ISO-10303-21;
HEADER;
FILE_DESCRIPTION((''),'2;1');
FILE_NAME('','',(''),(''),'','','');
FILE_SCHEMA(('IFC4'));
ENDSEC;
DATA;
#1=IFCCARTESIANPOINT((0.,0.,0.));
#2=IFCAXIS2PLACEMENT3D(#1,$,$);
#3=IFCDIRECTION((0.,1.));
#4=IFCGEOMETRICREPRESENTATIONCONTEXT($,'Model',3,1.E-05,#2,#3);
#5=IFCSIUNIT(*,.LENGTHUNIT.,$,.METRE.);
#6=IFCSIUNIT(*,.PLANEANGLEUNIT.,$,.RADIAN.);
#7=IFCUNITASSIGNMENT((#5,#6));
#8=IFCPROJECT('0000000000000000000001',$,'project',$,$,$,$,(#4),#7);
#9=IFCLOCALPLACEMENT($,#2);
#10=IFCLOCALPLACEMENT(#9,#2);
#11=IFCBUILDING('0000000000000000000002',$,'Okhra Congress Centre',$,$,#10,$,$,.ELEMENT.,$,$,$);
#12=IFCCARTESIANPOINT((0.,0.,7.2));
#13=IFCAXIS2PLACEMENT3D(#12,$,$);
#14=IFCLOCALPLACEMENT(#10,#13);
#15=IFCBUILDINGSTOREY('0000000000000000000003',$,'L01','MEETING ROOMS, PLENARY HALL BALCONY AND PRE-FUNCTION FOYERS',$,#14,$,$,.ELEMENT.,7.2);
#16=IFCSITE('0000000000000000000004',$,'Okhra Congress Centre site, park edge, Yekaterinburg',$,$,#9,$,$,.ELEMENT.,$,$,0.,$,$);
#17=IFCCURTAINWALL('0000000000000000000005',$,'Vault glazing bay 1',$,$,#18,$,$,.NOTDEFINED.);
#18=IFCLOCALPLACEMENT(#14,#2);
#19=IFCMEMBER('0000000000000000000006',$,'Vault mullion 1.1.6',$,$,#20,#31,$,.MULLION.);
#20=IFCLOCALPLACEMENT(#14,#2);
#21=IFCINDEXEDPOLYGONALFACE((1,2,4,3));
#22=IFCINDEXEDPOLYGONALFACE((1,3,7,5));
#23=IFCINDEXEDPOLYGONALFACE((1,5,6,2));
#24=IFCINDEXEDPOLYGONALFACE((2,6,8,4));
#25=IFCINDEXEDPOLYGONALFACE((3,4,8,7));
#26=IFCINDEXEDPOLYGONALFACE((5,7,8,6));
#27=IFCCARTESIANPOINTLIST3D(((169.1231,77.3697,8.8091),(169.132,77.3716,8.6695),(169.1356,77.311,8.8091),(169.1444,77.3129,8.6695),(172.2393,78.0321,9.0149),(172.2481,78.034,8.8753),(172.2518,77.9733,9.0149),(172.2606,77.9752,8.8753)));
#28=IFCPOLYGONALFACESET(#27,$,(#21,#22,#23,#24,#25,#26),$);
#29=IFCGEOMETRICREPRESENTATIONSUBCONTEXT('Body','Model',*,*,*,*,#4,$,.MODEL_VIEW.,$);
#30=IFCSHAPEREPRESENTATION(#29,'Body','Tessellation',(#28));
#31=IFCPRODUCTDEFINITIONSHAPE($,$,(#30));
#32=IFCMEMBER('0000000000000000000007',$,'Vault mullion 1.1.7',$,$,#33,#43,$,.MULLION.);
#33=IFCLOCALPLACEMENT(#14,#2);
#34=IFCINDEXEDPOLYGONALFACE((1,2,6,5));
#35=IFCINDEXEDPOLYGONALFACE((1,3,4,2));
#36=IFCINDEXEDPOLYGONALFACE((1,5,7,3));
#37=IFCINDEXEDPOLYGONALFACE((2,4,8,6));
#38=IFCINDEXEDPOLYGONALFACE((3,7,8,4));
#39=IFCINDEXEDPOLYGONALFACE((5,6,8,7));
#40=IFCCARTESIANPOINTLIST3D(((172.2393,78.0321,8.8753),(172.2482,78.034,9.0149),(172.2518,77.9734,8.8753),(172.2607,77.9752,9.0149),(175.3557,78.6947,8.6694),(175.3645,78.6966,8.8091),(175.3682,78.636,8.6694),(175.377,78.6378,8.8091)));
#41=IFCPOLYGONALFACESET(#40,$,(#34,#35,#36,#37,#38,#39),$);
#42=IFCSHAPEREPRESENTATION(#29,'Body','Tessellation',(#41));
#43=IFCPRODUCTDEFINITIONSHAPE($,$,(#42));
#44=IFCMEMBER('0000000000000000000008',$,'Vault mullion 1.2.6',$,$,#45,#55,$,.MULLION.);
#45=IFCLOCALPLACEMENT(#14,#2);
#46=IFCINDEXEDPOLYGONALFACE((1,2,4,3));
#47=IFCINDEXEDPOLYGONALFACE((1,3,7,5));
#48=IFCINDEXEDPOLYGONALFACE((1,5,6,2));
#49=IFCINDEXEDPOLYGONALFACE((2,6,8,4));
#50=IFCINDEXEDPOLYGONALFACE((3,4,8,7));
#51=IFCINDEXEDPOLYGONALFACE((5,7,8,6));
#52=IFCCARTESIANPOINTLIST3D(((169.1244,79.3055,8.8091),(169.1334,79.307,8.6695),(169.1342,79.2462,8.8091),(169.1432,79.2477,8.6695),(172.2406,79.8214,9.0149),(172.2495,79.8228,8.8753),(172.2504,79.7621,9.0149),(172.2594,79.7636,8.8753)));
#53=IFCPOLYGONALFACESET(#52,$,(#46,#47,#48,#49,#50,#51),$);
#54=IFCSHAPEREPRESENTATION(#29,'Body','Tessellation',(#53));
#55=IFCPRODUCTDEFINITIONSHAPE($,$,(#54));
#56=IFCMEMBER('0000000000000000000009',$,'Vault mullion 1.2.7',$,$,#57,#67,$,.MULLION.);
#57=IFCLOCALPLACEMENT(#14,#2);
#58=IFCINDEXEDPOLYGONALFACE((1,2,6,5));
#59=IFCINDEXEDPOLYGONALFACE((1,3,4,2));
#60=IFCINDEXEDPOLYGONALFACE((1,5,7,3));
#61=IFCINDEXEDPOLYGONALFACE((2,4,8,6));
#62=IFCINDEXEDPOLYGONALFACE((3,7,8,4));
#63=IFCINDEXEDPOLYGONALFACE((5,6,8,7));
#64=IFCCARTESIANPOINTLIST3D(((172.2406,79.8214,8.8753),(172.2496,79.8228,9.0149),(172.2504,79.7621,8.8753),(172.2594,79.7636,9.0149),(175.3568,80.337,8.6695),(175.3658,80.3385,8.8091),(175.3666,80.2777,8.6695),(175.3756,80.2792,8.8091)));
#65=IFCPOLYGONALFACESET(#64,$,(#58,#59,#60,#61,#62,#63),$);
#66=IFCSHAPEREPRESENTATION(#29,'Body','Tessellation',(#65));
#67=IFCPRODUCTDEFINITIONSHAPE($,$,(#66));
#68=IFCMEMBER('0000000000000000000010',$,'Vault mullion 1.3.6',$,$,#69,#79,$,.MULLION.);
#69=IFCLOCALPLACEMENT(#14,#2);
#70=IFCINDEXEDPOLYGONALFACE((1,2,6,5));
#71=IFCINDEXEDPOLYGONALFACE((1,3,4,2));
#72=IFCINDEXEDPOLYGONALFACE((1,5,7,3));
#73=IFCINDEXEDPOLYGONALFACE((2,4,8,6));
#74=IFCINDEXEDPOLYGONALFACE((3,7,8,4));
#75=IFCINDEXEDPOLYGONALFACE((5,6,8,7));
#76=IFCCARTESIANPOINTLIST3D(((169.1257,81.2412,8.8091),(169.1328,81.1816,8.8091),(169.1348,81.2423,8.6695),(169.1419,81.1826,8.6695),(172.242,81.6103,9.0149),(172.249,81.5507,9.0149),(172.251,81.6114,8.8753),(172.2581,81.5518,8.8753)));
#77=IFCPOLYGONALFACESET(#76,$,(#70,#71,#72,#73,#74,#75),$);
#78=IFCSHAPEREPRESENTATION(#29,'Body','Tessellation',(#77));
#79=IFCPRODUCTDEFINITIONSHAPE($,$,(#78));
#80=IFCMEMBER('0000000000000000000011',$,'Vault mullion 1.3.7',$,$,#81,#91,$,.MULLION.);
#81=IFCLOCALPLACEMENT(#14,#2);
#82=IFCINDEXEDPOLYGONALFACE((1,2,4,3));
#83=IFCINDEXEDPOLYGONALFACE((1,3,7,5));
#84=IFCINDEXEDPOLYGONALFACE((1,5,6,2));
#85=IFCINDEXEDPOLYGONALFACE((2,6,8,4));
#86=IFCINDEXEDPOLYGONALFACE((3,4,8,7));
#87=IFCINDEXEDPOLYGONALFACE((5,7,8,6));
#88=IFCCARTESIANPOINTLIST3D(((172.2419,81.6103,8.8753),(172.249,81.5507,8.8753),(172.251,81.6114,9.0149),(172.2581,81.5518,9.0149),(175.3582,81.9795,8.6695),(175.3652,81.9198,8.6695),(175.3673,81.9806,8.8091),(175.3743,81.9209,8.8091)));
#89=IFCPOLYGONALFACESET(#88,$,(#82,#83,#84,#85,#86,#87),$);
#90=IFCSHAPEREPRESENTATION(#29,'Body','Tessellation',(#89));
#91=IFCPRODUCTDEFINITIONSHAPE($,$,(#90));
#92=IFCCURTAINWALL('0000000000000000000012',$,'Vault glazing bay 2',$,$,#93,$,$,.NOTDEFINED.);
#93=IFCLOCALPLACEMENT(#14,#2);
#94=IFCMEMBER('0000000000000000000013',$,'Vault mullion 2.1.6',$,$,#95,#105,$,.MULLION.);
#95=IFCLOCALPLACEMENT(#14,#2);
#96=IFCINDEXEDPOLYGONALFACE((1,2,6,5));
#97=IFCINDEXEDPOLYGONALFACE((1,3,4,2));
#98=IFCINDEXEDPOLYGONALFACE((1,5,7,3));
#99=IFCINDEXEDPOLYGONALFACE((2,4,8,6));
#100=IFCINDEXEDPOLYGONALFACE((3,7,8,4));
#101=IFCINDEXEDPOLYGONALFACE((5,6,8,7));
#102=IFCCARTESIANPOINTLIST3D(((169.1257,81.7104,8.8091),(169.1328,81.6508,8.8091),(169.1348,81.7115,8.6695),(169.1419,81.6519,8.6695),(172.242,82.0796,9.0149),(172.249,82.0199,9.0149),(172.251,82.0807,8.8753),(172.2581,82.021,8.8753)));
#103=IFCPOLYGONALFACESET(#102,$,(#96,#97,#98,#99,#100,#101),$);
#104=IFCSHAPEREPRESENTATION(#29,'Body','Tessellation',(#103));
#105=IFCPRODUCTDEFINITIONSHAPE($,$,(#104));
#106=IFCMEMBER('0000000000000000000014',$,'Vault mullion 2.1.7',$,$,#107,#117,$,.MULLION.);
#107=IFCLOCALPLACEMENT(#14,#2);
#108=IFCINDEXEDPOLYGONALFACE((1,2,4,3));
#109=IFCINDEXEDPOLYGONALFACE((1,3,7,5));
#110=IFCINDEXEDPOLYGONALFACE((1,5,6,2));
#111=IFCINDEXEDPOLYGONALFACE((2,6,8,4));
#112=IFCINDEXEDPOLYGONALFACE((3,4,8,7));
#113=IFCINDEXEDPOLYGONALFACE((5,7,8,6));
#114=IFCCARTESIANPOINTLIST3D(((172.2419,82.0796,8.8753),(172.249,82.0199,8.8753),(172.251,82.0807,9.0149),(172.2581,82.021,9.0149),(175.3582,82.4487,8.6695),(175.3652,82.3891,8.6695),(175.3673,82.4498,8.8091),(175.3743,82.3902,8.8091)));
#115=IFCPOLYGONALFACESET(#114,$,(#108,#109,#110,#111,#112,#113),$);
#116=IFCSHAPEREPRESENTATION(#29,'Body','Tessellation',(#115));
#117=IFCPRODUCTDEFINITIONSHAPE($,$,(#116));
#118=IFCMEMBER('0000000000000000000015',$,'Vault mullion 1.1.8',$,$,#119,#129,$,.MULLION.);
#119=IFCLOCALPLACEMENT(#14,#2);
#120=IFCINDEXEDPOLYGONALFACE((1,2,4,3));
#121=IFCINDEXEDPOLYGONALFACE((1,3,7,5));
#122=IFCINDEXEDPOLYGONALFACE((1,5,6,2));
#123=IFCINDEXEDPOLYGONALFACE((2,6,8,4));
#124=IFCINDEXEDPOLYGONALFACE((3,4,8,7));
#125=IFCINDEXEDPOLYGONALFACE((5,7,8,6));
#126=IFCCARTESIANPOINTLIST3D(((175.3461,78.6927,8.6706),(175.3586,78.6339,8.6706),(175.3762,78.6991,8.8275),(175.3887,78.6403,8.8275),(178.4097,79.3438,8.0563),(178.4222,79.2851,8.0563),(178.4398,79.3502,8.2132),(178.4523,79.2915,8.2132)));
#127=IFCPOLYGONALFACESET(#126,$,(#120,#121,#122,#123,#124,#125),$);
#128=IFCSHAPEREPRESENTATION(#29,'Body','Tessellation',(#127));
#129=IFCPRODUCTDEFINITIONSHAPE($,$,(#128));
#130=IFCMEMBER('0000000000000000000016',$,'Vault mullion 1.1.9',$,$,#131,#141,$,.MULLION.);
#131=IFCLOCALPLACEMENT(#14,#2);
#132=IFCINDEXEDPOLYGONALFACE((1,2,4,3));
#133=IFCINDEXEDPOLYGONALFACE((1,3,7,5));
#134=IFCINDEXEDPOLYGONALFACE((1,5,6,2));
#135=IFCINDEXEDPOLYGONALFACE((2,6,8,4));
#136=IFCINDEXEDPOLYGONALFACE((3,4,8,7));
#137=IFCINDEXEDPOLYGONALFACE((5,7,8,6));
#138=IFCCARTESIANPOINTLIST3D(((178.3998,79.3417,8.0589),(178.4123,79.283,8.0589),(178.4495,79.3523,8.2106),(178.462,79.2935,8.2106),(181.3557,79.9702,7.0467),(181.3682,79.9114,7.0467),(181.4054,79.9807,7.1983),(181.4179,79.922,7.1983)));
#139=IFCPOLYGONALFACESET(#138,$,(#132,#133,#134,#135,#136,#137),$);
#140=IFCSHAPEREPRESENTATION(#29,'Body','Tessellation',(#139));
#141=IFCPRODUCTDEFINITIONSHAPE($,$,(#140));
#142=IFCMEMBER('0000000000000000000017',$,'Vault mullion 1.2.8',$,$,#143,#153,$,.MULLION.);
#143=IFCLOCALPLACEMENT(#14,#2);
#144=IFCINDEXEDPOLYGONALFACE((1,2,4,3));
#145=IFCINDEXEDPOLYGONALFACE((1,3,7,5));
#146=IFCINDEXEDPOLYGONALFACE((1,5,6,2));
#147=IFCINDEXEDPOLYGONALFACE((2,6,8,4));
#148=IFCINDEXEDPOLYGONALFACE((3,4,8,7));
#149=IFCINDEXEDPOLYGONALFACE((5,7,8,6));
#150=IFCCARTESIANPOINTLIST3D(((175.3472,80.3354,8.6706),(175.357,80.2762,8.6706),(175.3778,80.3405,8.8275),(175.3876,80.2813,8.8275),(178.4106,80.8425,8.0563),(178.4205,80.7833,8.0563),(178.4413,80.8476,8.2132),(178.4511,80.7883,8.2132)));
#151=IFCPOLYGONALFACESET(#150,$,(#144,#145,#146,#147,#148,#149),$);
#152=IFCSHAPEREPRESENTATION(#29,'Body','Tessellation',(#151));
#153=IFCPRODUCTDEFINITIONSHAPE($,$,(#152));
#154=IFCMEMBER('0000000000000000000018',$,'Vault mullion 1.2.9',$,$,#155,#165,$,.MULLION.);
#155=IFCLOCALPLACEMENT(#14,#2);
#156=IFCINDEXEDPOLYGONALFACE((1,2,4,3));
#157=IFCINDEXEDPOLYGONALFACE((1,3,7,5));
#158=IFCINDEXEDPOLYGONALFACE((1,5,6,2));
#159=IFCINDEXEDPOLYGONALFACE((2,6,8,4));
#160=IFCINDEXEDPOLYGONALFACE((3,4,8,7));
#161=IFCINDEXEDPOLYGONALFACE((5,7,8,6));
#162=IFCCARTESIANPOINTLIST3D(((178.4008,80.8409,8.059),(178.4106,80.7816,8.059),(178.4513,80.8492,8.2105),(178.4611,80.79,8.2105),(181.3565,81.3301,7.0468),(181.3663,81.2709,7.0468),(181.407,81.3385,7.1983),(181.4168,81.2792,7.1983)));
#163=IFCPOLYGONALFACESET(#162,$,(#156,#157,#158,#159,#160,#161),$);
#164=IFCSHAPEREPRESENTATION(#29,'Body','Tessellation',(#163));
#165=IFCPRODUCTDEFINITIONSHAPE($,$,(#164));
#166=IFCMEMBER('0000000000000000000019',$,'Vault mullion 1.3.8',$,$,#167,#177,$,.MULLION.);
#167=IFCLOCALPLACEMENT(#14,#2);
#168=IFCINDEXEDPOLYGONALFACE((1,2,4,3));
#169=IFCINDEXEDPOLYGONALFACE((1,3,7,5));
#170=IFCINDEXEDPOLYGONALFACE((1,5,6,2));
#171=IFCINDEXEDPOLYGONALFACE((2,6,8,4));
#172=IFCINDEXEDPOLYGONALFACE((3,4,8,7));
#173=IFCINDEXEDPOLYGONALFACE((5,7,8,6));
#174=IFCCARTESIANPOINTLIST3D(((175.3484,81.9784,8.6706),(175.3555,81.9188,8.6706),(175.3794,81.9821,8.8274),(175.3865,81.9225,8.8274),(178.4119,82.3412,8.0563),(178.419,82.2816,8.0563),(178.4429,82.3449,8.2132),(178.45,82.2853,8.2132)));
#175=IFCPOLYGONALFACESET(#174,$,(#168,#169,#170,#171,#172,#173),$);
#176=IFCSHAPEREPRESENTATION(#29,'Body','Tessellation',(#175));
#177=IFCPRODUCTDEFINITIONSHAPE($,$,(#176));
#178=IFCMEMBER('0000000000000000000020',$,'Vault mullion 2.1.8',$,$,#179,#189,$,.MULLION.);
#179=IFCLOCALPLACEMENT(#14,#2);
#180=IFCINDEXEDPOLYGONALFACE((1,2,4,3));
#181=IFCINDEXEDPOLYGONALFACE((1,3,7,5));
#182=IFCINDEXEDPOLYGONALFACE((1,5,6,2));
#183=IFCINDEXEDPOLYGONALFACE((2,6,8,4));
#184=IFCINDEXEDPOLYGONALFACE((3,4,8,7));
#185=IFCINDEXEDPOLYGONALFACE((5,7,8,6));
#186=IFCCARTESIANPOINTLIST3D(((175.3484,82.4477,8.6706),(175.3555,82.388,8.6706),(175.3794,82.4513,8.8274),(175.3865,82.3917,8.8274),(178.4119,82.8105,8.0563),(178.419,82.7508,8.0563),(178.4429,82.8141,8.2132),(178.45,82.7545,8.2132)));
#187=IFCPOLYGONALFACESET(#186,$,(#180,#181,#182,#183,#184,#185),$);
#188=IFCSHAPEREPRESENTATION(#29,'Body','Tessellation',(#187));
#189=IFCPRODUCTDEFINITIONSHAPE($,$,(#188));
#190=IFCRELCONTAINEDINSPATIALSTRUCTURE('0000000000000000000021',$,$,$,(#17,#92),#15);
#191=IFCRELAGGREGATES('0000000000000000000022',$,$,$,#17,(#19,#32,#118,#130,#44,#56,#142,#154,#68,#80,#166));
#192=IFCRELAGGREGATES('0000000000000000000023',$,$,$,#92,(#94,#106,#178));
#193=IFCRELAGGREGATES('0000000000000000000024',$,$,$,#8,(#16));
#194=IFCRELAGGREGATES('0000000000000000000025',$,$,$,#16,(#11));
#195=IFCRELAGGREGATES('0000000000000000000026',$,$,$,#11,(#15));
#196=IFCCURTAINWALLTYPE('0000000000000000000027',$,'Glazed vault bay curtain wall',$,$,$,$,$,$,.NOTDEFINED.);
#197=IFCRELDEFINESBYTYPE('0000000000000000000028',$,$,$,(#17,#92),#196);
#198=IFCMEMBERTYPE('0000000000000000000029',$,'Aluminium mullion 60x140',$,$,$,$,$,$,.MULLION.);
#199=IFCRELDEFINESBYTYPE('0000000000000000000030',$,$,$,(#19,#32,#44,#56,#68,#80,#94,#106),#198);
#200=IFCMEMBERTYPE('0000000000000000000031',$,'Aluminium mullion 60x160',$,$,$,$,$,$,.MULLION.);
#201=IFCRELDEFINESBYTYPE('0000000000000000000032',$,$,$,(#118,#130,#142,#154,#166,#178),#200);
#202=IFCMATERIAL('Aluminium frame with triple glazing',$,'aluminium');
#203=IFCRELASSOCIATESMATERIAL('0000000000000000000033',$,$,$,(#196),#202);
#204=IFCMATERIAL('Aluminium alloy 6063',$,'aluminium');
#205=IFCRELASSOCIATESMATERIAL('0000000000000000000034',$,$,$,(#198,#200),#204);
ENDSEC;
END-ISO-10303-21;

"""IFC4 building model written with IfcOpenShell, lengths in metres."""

from ifc_helpers import new_model, si_unit, direction, frame, origin, origin_2d, place, context, subcontext, project, spatial, rectangle, extrude, material, material_profile, profile_set, type_object, element, aggregate, save


model = new_model("IFC4")

# Units and contexts
model_context = context("Model", 3, precision=1e-05, world=origin(), true_north=direction((0.0, 1.0)))
body_context = subcontext(model_context, "Body", "Model", "MODEL_VIEW")
ifc_project = project(units=[si_unit("LENGTHUNIT", "METRE"), si_unit("PLANEANGLEUNIT", "RADIAN")], contexts=[model_context])

# Site, building, storey
site_placement = place(None, origin())
site = spatial("IfcSite", under=ifc_project, at=site_placement, Name="Okhra Congress Centre site, park edge, Yekaterinburg", CompositionType="ELEMENT", RefElevation=0.0)
building_placement = place(site_placement, origin())
building = spatial("IfcBuilding", under=site, at=building_placement, Name="Okhra Congress Centre", CompositionType="ELEMENT")
storey_placement = place(building_placement, frame((0.0, 0.0, 7.2)))
storey = spatial("IfcBuildingStorey", under=building, at=storey_placement, Name="L01", Description="MEETING ROOMS, PLENARY HALL BALCONY AND PRE-FUNCTION FOYERS", CompositionType="ELEMENT", Elevation=7.2)

# Curtain walls, members
ifc_material_1 = material(Name="Aluminium frame with triple glazing", Category="aluminium")
curtain_wall_type = type_object("IfcCurtainWallType", Name="Glazed vault bay curtain wall", PredefinedType="NOTDEFINED", material=ifc_material_1)
curtain_wall_1_placement = place(storey_placement, origin())
curtain_wall_1 = element("IfcCurtainWall", 1, at=curtain_wall_1_placement, inside=storey, type_object=curtain_wall_type, Name="Vault glazing bay 1", PredefinedType="NOTDEFINED")
ifc_material_2 = material(Name="Aluminium alloy 6063", Category="aluminium")
ifc_material_profile_1 = material_profile(ifc_material_2, rectangle(XDim=0.0601, YDim=0.1399, at=origin_2d()), Name="AL 60x140")
ifc_profile_set_1 = profile_set([ifc_material_profile_1], Name="Aluminium alloy 6063")
member_type_1 = type_object("IfcMemberType", Name="Aluminium mullion 60x140", PredefinedType="MULLION", material=ifc_profile_set_1)
member_1_placement = place(storey_placement, frame((169.1338, 77.3413, 8.7393), z_axis=(0.976114, 0.207474, 0.064468), x_axis=(-0.207906, 0.978149, 0.0)))
member_1 = element("IfcMember", 2, at=member_1_placement, type_object=member_type_1, Name="Vault mullion 1.1.6", PredefinedType="MULLION", context=body_context, shape_type="SweptSolid", body=[
    extrude(rectangle(XDim=0.0601, YDim=0.1399, at=origin_2d()), origin(), (0.0, 0.0, 1.0), 3.1924),
])
member_2_placement = place(storey_placement, frame((172.25, 78.0037, 8.9451), z_axis=(0.976098, 0.207547, -0.064467), x_axis=(-0.20798, 0.978133, 0.0)))
member_2 = element("IfcMember", 3, at=member_2_placement, type_object=member_type_1, Name="Vault mullion 1.1.7", PredefinedType="MULLION", context=body_context, shape_type="SweptSolid", body=[
    extrude(rectangle(XDim=0.0601, YDim=0.1399, at=origin_2d()), origin(), (0.0, 0.0, 1.0), 3.1926),
])
member_3_placement = place(storey_placement, frame((169.1338, 79.2766, 8.7393), z_axis=(0.984485, 0.162975, 0.06502), x_axis=(-0.163321, 0.986573, 0.0)))
member_3 = element("IfcMember", 4, at=member_3_placement, type_object=member_type_1, Name="Vault mullion 1.2.6", PredefinedType="MULLION", context=body_context, shape_type="SweptSolid", body=[
    extrude(rectangle(XDim=0.0601, YDim=0.1399, at=origin_2d()), origin(), (0.0, 0.0, 1.0), 3.1653),
])
member_4_placement = place(storey_placement, frame((172.25, 79.7925, 8.9451), z_axis=(0.984498, 0.1629, -0.065021), x_axis=(-0.163246, 0.986585, 0.0)))
member_4 = element("IfcMember", 5, at=member_4_placement, type_object=member_type_1, Name="Vault mullion 1.2.7", PredefinedType="MULLION", context=body_context, shape_type="SweptSolid", body=[
    extrude(rectangle(XDim=0.0601, YDim=0.1399, at=origin_2d()), origin(), (0.0, 0.0, 1.0), 3.1653),
])
member_5_placement = place(storey_placement, frame((169.1338, 81.2119, 8.7393), z_axis=(0.990928, 0.117383, 0.065446), x_axis=(-0.117636, 0.993057, 0.0)))
member_5 = element("IfcMember", 6, at=member_5_placement, type_object=member_type_1, Name="Vault mullion 1.3.6", PredefinedType="MULLION", context=body_context, shape_type="SweptSolid", body=[
    extrude(rectangle(XDim=0.0601, YDim=0.1399, at=origin_2d()), origin(), (0.0, 0.0, 1.0), 3.1448),
])
member_6_placement = place(storey_placement, frame((172.25, 81.5811, 8.9451), z_axis=(0.990928, 0.117383, -0.065446), x_axis=(-0.117636, 0.993057, 0.0)))
member_6 = element("IfcMember", 7, at=member_6_placement, type_object=member_type_1, Name="Vault mullion 1.3.7", PredefinedType="MULLION", context=body_context, shape_type="SweptSolid", body=[
    extrude(rectangle(XDim=0.0601, YDim=0.1399, at=origin_2d()), origin(), (0.0, 0.0, 1.0), 3.1448),
])
curtain_wall_2_placement = place(storey_placement, origin())
curtain_wall_2 = element("IfcCurtainWall", 8, at=curtain_wall_2_placement, inside=storey, type_object=curtain_wall_type, Name="Vault glazing bay 2", PredefinedType="NOTDEFINED")
member_7_placement = place(storey_placement, frame((169.1338, 81.6812, 8.7393), z_axis=(0.990928, 0.117383, 0.065446), x_axis=(-0.117636, 0.993057, 0.0)))
member_7 = element("IfcMember", 9, at=member_7_placement, type_object=member_type_1, Name="Vault mullion 2.1.6", PredefinedType="MULLION", context=body_context, shape_type="SweptSolid", body=[
    extrude(rectangle(XDim=0.0601, YDim=0.1399, at=origin_2d()), origin(), (0.0, 0.0, 1.0), 3.1448),
])
member_8_placement = place(storey_placement, frame((172.25, 82.0503, 8.9451), z_axis=(0.990928, 0.117383, -0.065446), x_axis=(-0.117636, 0.993057, 0.0)))
member_8 = element("IfcMember", 10, at=member_8_placement, type_object=member_type_1, Name="Vault mullion 2.1.7", PredefinedType="MULLION", context=body_context, shape_type="SweptSolid", body=[
    extrude(rectangle(XDim=0.0601, YDim=0.1399, at=origin_2d()), origin(), (0.0, 0.0, 1.0), 3.1448),
])

# Members
ifc_material_profile_2 = material_profile(ifc_material_2, rectangle(XDim=0.0601, YDim=0.1599, at=origin_2d()), Name="AL 60x160")
ifc_profile_set_2 = profile_set([ifc_material_profile_2], Name="Aluminium alloy 6063")
member_type_2 = type_object("IfcMemberType", Name="Aluminium mullion 60x160", PredefinedType="MULLION", material=ifc_profile_set_2)
member_9_placement = place(storey_placement, frame((175.3674, 78.6665, 8.749), z_axis=(0.959863, 0.204013, -0.192462), x_axis=(-0.2079, 0.97815, 0.0)))
member_9 = element("IfcMember", 11, at=member_9_placement, type_object=member_type_2, Name="Vault mullion 1.1.8", PredefinedType="MULLION", context=body_context, shape_type="SweptSolid", body=[
    extrude(rectangle(XDim=0.0601, YDim=0.1599, at=origin_2d()), origin(), (0.0, 0.0, 1.0), 3.1917),
])
member_10_placement = place(storey_placement, frame((178.4309, 79.3176, 8.1348), z_axis=(0.92749, 0.197188, -0.317616), x_axis=(-0.207956, 0.978138, 0.0)))
member_10 = element("IfcMember", 12, at=member_10_placement, type_object=member_type_2, Name="Vault mullion 1.1.9", PredefinedType="MULLION", context=body_context, shape_type="SweptSolid", body=[
    extrude(rectangle(XDim=0.0601, YDim=0.1599, at=origin_2d()), origin(), (0.0, 0.0, 1.0), 3.187),
])
member_11_placement = place(storey_placement, frame((175.3674, 80.3083, 8.749), z_axis=(0.967821, 0.160198, -0.194058), x_axis=(-0.163302, 0.986576, 0.0)))
member_11 = element("IfcMember", 13, at=member_11_placement, type_object=member_type_2, Name="Vault mullion 1.2.8", PredefinedType="MULLION", context=body_context, shape_type="SweptSolid", body=[
    extrude(rectangle(XDim=0.0601, YDim=0.1599, at=origin_2d()), origin(), (0.0, 0.0, 1.0), 3.1653),
])
member_12_placement = place(storey_placement, frame((178.4309, 80.8154, 8.1348), z_axis=(0.934674, 0.154711, -0.320076), x_axis=(-0.163302, 0.986576, 0.0)))
member_12 = element("IfcMember", 14, at=member_12_placement, type_object=member_type_2, Name="Vault mullion 1.2.9", PredefinedType="MULLION", context=body_context, shape_type="SweptSolid", body=[
    extrude(rectangle(XDim=0.0601, YDim=0.1599, at=origin_2d()), origin(), (0.0, 0.0, 1.0), 3.1624),
])
member_13_placement = place(storey_placement, frame((175.3674, 81.9504, 8.749), z_axis=(0.973941, 0.115339, -0.195285), x_axis=(-0.117603, 0.993061, 0.0)))
member_13 = element("IfcMember", 15, at=member_13_placement, type_object=member_type_2, Name="Vault mullion 1.3.8", PredefinedType="MULLION", context=body_context, shape_type="SweptSolid", body=[
    extrude(rectangle(XDim=0.0601, YDim=0.1599, at=origin_2d()), origin(), (0.0, 0.0, 1.0), 3.1455),
])
member_14_placement = place(storey_placement, frame((175.3674, 82.4197, 8.749), z_axis=(0.973941, 0.115339, -0.195285), x_axis=(-0.117603, 0.993061, 0.0)))
member_14 = element("IfcMember", 16, at=member_14_placement, type_object=member_type_2, Name="Vault mullion 2.1.8", PredefinedType="MULLION", context=body_context, shape_type="SweptSolid", body=[
    extrude(rectangle(XDim=0.0601, YDim=0.1599, at=origin_2d()), origin(), (0.0, 0.0, 1.0), 3.1455),
])

aggregate(curtain_wall_1, [member_1, member_2, member_9, member_10, member_3, member_4, member_11, member_12, member_5, member_6, member_13])
aggregate(curtain_wall_2, [member_7, member_8, member_14])

save(model, "model.ifc")
